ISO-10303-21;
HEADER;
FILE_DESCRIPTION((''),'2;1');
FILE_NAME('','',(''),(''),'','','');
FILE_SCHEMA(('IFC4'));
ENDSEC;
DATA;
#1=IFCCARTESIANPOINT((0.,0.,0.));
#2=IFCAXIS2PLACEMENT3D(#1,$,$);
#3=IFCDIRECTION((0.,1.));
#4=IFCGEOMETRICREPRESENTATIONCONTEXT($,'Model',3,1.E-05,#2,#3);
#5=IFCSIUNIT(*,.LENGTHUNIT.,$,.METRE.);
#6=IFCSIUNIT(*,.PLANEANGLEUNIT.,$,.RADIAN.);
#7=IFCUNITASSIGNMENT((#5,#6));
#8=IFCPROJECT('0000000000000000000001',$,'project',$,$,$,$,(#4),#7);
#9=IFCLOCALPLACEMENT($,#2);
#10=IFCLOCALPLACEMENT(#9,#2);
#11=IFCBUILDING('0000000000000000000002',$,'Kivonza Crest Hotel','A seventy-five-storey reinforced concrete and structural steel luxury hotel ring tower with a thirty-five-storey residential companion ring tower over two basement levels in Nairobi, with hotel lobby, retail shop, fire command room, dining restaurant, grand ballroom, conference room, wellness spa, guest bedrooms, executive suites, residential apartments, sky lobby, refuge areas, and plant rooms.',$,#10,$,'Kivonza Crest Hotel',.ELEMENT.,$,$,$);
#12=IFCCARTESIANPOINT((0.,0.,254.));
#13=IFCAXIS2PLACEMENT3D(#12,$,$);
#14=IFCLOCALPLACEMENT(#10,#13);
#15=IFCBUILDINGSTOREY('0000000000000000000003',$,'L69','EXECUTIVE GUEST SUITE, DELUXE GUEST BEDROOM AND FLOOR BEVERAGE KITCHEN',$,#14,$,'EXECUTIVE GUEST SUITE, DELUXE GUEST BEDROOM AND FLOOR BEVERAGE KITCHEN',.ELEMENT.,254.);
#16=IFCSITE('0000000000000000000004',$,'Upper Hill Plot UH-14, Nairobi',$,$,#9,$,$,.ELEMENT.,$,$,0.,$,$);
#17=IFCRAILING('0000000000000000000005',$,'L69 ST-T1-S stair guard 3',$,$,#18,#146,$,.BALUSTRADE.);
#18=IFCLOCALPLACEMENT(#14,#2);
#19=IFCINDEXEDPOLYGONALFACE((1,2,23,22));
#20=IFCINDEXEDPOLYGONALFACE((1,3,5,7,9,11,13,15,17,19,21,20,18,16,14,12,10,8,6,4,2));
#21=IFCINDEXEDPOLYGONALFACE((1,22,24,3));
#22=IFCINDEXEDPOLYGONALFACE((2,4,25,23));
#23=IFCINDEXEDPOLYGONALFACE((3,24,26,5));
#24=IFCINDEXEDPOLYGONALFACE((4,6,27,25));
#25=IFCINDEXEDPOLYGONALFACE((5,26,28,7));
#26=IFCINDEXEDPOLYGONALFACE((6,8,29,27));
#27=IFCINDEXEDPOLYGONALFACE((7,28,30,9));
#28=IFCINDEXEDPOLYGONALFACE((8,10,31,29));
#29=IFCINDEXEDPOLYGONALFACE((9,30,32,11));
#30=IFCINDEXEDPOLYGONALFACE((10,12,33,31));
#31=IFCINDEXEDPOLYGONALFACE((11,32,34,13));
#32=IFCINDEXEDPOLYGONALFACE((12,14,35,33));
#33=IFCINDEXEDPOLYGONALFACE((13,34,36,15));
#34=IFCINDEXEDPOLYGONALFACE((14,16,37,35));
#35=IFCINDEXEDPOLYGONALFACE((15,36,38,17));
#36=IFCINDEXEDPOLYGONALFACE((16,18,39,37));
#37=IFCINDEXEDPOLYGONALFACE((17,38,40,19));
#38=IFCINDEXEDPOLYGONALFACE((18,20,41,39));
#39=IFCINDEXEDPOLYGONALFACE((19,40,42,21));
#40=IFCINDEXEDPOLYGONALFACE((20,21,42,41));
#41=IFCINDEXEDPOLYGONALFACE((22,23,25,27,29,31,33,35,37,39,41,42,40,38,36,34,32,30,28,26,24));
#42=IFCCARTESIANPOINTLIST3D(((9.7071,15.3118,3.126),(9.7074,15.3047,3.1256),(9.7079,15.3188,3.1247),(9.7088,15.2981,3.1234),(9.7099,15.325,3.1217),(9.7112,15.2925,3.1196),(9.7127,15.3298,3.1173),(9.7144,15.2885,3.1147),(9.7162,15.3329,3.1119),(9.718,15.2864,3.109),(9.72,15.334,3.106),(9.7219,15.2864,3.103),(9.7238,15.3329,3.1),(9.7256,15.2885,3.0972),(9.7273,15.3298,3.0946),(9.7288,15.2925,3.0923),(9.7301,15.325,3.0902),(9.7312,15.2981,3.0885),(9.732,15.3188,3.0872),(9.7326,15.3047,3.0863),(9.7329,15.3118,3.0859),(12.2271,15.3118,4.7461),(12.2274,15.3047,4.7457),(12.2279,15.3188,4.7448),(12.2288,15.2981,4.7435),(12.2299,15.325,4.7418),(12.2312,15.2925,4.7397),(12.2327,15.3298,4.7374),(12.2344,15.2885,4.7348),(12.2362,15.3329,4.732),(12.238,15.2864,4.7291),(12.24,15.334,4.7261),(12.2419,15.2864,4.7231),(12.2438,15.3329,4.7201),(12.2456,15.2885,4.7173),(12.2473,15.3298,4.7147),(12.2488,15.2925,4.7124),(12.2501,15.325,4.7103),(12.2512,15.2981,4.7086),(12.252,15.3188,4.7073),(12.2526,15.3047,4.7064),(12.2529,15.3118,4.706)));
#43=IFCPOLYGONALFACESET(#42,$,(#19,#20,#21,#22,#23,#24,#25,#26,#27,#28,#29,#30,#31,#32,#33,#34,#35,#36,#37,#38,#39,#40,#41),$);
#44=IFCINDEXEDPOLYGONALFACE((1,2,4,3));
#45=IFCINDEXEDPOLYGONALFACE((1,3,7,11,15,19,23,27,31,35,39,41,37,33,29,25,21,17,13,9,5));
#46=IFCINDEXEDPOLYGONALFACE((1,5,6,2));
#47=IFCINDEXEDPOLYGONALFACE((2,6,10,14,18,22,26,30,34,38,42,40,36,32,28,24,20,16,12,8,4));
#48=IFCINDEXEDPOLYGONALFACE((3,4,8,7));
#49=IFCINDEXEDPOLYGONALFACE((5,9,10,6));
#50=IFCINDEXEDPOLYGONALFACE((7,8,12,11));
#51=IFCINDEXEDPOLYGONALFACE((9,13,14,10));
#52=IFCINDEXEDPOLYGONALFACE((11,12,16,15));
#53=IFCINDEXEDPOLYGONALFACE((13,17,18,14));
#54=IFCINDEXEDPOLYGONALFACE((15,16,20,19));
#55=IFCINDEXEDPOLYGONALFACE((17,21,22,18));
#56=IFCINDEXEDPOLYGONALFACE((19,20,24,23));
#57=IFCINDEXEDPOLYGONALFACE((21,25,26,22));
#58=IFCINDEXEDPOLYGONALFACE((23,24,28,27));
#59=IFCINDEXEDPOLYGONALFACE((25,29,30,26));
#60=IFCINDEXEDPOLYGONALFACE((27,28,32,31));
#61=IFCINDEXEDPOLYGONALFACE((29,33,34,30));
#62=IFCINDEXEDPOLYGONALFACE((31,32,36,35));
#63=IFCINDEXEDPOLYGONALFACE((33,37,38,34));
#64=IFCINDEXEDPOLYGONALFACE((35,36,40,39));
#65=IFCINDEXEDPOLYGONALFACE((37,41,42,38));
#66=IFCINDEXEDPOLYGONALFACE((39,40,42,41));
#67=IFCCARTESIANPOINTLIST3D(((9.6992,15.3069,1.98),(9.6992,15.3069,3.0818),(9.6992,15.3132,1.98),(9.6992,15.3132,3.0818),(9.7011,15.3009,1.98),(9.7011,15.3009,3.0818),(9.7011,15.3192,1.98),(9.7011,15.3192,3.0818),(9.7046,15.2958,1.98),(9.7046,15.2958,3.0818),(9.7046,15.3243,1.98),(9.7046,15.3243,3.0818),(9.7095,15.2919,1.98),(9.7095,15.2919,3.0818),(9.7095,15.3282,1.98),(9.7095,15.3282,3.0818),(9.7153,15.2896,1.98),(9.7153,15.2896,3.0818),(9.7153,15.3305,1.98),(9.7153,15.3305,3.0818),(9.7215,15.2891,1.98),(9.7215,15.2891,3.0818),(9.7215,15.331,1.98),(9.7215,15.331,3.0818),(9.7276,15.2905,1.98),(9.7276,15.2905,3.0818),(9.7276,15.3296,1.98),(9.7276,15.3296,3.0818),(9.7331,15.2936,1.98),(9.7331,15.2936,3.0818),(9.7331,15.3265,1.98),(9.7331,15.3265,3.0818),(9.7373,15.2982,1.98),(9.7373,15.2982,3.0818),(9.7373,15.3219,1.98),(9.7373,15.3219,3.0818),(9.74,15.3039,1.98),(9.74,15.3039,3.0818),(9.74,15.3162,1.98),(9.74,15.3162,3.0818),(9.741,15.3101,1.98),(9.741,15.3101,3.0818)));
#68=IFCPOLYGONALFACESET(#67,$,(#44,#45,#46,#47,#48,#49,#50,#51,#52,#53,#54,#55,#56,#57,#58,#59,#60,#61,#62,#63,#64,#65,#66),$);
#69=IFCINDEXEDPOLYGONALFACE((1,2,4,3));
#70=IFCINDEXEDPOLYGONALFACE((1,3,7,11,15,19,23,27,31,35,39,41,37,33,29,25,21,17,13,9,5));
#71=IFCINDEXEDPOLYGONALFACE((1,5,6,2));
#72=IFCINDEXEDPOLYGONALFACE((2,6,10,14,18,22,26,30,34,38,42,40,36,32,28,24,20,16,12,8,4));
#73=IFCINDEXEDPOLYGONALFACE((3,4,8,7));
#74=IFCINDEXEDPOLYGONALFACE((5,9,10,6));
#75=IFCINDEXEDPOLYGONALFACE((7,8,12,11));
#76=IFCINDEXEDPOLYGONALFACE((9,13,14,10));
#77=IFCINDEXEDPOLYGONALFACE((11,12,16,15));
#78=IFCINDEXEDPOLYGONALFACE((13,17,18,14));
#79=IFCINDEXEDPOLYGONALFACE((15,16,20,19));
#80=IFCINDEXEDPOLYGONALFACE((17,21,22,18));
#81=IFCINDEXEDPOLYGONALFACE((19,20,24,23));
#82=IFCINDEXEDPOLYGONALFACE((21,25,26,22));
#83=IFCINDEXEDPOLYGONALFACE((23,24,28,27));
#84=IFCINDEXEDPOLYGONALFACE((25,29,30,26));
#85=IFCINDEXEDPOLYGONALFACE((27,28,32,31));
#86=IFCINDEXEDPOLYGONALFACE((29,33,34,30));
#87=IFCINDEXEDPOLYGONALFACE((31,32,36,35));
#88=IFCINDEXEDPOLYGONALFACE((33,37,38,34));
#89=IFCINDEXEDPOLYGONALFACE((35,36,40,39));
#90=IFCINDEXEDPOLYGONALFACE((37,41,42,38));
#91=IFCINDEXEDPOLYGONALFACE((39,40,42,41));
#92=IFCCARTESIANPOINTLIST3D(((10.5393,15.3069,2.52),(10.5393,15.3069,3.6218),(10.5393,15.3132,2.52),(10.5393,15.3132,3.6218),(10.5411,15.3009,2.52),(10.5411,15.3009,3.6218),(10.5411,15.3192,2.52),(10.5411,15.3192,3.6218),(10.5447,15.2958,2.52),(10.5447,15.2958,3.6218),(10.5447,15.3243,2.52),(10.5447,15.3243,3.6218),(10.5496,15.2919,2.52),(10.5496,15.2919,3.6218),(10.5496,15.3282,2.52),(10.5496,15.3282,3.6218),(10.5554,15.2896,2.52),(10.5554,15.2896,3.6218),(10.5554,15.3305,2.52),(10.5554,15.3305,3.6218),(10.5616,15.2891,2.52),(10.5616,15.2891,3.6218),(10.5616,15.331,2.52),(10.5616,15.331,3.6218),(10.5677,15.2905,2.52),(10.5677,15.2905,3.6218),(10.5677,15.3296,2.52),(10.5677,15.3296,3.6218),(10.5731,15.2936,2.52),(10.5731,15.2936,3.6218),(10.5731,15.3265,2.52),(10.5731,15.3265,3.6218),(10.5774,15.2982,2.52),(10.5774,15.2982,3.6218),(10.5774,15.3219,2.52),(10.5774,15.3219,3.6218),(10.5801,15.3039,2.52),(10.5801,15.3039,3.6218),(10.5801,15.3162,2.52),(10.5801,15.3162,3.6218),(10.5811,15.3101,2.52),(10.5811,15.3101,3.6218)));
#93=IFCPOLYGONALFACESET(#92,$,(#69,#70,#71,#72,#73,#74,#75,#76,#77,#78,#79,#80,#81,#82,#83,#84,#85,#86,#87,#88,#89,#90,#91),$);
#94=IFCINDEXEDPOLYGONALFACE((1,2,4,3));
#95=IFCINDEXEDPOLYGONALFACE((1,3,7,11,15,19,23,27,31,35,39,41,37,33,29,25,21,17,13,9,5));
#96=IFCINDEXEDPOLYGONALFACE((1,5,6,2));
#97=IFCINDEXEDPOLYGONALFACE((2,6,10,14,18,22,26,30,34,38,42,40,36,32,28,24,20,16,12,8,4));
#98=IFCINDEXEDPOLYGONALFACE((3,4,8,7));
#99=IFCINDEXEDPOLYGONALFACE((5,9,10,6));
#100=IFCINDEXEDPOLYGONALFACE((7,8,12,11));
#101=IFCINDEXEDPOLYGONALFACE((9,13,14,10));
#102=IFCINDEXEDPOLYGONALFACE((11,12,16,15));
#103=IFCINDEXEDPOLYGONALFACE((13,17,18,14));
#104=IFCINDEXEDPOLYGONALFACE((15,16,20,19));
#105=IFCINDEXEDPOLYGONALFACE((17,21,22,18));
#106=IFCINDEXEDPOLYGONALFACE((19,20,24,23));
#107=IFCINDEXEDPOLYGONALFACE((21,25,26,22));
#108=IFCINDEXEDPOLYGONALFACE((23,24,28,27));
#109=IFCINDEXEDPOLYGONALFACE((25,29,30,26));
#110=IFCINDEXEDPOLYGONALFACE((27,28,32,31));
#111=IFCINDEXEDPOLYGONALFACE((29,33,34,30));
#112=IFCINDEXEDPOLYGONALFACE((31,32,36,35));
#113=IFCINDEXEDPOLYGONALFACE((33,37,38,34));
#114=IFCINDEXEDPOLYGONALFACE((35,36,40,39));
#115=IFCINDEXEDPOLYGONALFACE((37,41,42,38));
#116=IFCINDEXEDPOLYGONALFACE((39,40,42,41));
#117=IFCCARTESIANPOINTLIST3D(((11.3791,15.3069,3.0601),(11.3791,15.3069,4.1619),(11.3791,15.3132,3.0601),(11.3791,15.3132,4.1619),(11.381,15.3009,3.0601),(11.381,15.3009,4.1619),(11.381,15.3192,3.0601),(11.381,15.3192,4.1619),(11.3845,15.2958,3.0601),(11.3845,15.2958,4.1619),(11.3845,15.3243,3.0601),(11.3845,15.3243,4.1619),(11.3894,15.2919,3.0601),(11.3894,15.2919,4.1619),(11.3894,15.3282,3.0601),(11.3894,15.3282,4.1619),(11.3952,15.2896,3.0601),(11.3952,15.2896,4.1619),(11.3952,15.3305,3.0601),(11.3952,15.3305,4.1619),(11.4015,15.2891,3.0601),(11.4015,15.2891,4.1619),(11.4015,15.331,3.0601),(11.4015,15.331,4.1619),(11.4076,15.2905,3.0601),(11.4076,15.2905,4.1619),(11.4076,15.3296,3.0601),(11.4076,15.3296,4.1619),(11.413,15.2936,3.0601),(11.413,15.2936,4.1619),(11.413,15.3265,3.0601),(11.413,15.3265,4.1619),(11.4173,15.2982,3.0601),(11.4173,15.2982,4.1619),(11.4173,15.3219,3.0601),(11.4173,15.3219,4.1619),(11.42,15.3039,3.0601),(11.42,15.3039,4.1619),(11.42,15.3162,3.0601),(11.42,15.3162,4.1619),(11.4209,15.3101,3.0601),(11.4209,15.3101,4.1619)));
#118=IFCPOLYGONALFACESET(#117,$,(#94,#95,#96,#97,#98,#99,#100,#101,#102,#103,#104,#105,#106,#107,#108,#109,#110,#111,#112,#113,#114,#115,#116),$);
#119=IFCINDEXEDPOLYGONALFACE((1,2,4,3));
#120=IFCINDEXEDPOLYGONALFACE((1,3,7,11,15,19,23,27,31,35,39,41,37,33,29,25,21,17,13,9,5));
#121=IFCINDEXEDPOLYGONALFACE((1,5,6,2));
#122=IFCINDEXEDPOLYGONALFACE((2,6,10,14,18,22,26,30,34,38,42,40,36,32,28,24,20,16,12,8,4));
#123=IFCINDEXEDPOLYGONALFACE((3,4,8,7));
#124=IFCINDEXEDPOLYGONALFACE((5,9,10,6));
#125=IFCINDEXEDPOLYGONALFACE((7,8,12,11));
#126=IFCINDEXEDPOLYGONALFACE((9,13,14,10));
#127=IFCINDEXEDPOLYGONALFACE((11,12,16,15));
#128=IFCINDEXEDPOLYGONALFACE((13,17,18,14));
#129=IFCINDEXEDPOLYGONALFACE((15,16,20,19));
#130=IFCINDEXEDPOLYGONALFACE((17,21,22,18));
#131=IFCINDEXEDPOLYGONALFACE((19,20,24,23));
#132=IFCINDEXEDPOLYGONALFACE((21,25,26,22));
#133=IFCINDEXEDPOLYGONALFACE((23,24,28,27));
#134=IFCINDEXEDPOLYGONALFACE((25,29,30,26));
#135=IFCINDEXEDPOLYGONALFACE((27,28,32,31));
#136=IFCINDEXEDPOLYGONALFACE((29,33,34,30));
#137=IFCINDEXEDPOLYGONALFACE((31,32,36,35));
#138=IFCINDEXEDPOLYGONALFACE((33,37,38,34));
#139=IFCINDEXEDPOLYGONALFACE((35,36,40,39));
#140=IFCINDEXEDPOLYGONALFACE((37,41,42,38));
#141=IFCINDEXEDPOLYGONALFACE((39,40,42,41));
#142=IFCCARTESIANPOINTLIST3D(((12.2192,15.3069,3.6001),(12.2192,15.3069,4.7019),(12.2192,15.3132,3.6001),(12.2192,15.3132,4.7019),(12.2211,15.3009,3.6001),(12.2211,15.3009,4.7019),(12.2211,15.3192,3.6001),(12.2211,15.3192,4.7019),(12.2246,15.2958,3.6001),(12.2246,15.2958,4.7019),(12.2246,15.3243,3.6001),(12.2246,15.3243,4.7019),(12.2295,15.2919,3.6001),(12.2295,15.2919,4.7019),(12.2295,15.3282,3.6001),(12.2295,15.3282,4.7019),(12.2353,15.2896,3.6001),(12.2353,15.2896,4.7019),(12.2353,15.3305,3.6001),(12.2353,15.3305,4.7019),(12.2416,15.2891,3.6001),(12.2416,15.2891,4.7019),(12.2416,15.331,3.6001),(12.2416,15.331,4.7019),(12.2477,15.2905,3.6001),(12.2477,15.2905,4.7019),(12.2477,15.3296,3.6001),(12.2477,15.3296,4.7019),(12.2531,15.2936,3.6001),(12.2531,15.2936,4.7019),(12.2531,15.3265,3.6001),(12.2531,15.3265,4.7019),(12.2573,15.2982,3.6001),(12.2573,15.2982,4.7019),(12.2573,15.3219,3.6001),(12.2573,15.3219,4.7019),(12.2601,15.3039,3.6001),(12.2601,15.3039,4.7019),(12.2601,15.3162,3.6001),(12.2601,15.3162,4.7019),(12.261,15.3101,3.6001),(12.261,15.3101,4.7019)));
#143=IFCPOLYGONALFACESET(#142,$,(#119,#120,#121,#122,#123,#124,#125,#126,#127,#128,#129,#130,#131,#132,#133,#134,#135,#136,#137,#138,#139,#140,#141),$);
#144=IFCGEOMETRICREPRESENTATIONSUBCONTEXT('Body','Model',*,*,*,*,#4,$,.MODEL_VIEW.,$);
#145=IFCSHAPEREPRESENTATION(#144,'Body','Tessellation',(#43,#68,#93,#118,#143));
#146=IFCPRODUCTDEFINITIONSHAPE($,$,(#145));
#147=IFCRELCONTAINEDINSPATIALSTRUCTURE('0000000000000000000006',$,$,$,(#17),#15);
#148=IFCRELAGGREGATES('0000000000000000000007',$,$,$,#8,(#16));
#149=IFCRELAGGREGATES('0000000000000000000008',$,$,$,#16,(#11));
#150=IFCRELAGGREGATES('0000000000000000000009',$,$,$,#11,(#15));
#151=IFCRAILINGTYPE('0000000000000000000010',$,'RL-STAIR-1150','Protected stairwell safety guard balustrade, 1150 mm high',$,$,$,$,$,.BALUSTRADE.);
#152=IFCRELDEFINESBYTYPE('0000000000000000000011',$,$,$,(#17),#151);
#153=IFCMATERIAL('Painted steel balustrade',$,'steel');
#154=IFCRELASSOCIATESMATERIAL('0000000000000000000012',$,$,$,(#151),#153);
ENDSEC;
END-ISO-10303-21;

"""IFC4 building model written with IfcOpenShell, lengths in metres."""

from ifc_helpers import new_model, si_unit, direction, frame, origin, origin_2d, place, context, subcontext, project, spatial, circle, extrude, material, type_object, element, save


model = new_model("IFC4")

# Units and contexts
model_context = context("Model", 3, precision=1e-05, world=origin(), true_north=direction((0.0, 1.0)))
body_context = subcontext(model_context, "Body", "Model", "MODEL_VIEW")
ifc_project = project(units=[si_unit("LENGTHUNIT", "METRE"), si_unit("PLANEANGLEUNIT", "RADIAN")], contexts=[model_context])

# Site, building, storey
site_placement = place(None, origin())
site = spatial("IfcSite", under=ifc_project, at=site_placement, Name="Upper Hill Plot UH-14, Nairobi", CompositionType="ELEMENT", RefElevation=0.0)
building_placement = place(site_placement, origin())
building = spatial("IfcBuilding", under=site, at=building_placement, Name="Kivonza Crest Hotel", Description="A seventy-five-storey reinforced concrete and structural steel luxury hotel ring tower with a thirty-five-storey residential companion ring tower over two basement levels in Nairobi, with hotel lobby, retail shop, fire command room, dining restaurant, grand ballroom, conference room, wellness spa, guest bedrooms, executive suites, residential apartments, sky lobby, refuge areas, and plant rooms.", LongName="Kivonza Crest Hotel", CompositionType="ELEMENT")
storey_placement = place(building_placement, frame((0.0, 0.0, 254.0)))
storey = spatial("IfcBuildingStorey", under=building, at=storey_placement, Name="L69", Description="EXECUTIVE GUEST SUITE, DELUXE GUEST BEDROOM AND FLOOR BEVERAGE KITCHEN", LongName="EXECUTIVE GUEST SUITE, DELUXE GUEST BEDROOM AND FLOOR BEVERAGE KITCHEN", CompositionType="ELEMENT", Elevation=254.0)

# Railing
ifc_material_1 = material(Name="Painted steel balustrade", Category="steel")
railing_type_1 = type_object("IfcRailingType", Name="RL-STAIR-1150", Description="Protected stairwell safety guard balustrade, 1150 mm high", PredefinedType="BALUSTRADE", material=ifc_material_1)
railing_1_placement = place(storey_placement, frame((9.72, 15.3101, 1.98)))
element("IfcRailing", 1, at=railing_1_placement, inside=storey, type_object=railing_type_1, Name="L69 ST-T1-S stair guard 3", PredefinedType="BALUSTRADE", context=body_context, shape_type="SweptSolid", body=[
    extrude(circle(Radius=0.0239, at=origin_2d()), frame((0.0, 0.0, 1.126), z_axis=(0.841163, 0.0, 0.540782), x_axis=(0.0, 1.0, 0.0)), (0.0, 0.0, 1.0), 2.9958),
    extrude(circle(Radius=0.021, at=origin_2d()), origin(), (0.0, 0.0, 1.0), 1.1018),
    extrude(circle(Radius=0.021, at=origin_2d()), frame((0.8401, 0.0, 0.54)), (0.0, 0.0, 1.0), 1.1018),
    extrude(circle(Radius=0.021, at=origin_2d()), frame((1.6799, 0.0, 1.0801)), (0.0, 0.0, 1.0), 1.1018),
    extrude(circle(Radius=0.021, at=origin_2d()), frame((2.52, 0.0, 1.6201)), (0.0, 0.0, 1.0), 1.1018),
])

save(model, "model.ifc")
